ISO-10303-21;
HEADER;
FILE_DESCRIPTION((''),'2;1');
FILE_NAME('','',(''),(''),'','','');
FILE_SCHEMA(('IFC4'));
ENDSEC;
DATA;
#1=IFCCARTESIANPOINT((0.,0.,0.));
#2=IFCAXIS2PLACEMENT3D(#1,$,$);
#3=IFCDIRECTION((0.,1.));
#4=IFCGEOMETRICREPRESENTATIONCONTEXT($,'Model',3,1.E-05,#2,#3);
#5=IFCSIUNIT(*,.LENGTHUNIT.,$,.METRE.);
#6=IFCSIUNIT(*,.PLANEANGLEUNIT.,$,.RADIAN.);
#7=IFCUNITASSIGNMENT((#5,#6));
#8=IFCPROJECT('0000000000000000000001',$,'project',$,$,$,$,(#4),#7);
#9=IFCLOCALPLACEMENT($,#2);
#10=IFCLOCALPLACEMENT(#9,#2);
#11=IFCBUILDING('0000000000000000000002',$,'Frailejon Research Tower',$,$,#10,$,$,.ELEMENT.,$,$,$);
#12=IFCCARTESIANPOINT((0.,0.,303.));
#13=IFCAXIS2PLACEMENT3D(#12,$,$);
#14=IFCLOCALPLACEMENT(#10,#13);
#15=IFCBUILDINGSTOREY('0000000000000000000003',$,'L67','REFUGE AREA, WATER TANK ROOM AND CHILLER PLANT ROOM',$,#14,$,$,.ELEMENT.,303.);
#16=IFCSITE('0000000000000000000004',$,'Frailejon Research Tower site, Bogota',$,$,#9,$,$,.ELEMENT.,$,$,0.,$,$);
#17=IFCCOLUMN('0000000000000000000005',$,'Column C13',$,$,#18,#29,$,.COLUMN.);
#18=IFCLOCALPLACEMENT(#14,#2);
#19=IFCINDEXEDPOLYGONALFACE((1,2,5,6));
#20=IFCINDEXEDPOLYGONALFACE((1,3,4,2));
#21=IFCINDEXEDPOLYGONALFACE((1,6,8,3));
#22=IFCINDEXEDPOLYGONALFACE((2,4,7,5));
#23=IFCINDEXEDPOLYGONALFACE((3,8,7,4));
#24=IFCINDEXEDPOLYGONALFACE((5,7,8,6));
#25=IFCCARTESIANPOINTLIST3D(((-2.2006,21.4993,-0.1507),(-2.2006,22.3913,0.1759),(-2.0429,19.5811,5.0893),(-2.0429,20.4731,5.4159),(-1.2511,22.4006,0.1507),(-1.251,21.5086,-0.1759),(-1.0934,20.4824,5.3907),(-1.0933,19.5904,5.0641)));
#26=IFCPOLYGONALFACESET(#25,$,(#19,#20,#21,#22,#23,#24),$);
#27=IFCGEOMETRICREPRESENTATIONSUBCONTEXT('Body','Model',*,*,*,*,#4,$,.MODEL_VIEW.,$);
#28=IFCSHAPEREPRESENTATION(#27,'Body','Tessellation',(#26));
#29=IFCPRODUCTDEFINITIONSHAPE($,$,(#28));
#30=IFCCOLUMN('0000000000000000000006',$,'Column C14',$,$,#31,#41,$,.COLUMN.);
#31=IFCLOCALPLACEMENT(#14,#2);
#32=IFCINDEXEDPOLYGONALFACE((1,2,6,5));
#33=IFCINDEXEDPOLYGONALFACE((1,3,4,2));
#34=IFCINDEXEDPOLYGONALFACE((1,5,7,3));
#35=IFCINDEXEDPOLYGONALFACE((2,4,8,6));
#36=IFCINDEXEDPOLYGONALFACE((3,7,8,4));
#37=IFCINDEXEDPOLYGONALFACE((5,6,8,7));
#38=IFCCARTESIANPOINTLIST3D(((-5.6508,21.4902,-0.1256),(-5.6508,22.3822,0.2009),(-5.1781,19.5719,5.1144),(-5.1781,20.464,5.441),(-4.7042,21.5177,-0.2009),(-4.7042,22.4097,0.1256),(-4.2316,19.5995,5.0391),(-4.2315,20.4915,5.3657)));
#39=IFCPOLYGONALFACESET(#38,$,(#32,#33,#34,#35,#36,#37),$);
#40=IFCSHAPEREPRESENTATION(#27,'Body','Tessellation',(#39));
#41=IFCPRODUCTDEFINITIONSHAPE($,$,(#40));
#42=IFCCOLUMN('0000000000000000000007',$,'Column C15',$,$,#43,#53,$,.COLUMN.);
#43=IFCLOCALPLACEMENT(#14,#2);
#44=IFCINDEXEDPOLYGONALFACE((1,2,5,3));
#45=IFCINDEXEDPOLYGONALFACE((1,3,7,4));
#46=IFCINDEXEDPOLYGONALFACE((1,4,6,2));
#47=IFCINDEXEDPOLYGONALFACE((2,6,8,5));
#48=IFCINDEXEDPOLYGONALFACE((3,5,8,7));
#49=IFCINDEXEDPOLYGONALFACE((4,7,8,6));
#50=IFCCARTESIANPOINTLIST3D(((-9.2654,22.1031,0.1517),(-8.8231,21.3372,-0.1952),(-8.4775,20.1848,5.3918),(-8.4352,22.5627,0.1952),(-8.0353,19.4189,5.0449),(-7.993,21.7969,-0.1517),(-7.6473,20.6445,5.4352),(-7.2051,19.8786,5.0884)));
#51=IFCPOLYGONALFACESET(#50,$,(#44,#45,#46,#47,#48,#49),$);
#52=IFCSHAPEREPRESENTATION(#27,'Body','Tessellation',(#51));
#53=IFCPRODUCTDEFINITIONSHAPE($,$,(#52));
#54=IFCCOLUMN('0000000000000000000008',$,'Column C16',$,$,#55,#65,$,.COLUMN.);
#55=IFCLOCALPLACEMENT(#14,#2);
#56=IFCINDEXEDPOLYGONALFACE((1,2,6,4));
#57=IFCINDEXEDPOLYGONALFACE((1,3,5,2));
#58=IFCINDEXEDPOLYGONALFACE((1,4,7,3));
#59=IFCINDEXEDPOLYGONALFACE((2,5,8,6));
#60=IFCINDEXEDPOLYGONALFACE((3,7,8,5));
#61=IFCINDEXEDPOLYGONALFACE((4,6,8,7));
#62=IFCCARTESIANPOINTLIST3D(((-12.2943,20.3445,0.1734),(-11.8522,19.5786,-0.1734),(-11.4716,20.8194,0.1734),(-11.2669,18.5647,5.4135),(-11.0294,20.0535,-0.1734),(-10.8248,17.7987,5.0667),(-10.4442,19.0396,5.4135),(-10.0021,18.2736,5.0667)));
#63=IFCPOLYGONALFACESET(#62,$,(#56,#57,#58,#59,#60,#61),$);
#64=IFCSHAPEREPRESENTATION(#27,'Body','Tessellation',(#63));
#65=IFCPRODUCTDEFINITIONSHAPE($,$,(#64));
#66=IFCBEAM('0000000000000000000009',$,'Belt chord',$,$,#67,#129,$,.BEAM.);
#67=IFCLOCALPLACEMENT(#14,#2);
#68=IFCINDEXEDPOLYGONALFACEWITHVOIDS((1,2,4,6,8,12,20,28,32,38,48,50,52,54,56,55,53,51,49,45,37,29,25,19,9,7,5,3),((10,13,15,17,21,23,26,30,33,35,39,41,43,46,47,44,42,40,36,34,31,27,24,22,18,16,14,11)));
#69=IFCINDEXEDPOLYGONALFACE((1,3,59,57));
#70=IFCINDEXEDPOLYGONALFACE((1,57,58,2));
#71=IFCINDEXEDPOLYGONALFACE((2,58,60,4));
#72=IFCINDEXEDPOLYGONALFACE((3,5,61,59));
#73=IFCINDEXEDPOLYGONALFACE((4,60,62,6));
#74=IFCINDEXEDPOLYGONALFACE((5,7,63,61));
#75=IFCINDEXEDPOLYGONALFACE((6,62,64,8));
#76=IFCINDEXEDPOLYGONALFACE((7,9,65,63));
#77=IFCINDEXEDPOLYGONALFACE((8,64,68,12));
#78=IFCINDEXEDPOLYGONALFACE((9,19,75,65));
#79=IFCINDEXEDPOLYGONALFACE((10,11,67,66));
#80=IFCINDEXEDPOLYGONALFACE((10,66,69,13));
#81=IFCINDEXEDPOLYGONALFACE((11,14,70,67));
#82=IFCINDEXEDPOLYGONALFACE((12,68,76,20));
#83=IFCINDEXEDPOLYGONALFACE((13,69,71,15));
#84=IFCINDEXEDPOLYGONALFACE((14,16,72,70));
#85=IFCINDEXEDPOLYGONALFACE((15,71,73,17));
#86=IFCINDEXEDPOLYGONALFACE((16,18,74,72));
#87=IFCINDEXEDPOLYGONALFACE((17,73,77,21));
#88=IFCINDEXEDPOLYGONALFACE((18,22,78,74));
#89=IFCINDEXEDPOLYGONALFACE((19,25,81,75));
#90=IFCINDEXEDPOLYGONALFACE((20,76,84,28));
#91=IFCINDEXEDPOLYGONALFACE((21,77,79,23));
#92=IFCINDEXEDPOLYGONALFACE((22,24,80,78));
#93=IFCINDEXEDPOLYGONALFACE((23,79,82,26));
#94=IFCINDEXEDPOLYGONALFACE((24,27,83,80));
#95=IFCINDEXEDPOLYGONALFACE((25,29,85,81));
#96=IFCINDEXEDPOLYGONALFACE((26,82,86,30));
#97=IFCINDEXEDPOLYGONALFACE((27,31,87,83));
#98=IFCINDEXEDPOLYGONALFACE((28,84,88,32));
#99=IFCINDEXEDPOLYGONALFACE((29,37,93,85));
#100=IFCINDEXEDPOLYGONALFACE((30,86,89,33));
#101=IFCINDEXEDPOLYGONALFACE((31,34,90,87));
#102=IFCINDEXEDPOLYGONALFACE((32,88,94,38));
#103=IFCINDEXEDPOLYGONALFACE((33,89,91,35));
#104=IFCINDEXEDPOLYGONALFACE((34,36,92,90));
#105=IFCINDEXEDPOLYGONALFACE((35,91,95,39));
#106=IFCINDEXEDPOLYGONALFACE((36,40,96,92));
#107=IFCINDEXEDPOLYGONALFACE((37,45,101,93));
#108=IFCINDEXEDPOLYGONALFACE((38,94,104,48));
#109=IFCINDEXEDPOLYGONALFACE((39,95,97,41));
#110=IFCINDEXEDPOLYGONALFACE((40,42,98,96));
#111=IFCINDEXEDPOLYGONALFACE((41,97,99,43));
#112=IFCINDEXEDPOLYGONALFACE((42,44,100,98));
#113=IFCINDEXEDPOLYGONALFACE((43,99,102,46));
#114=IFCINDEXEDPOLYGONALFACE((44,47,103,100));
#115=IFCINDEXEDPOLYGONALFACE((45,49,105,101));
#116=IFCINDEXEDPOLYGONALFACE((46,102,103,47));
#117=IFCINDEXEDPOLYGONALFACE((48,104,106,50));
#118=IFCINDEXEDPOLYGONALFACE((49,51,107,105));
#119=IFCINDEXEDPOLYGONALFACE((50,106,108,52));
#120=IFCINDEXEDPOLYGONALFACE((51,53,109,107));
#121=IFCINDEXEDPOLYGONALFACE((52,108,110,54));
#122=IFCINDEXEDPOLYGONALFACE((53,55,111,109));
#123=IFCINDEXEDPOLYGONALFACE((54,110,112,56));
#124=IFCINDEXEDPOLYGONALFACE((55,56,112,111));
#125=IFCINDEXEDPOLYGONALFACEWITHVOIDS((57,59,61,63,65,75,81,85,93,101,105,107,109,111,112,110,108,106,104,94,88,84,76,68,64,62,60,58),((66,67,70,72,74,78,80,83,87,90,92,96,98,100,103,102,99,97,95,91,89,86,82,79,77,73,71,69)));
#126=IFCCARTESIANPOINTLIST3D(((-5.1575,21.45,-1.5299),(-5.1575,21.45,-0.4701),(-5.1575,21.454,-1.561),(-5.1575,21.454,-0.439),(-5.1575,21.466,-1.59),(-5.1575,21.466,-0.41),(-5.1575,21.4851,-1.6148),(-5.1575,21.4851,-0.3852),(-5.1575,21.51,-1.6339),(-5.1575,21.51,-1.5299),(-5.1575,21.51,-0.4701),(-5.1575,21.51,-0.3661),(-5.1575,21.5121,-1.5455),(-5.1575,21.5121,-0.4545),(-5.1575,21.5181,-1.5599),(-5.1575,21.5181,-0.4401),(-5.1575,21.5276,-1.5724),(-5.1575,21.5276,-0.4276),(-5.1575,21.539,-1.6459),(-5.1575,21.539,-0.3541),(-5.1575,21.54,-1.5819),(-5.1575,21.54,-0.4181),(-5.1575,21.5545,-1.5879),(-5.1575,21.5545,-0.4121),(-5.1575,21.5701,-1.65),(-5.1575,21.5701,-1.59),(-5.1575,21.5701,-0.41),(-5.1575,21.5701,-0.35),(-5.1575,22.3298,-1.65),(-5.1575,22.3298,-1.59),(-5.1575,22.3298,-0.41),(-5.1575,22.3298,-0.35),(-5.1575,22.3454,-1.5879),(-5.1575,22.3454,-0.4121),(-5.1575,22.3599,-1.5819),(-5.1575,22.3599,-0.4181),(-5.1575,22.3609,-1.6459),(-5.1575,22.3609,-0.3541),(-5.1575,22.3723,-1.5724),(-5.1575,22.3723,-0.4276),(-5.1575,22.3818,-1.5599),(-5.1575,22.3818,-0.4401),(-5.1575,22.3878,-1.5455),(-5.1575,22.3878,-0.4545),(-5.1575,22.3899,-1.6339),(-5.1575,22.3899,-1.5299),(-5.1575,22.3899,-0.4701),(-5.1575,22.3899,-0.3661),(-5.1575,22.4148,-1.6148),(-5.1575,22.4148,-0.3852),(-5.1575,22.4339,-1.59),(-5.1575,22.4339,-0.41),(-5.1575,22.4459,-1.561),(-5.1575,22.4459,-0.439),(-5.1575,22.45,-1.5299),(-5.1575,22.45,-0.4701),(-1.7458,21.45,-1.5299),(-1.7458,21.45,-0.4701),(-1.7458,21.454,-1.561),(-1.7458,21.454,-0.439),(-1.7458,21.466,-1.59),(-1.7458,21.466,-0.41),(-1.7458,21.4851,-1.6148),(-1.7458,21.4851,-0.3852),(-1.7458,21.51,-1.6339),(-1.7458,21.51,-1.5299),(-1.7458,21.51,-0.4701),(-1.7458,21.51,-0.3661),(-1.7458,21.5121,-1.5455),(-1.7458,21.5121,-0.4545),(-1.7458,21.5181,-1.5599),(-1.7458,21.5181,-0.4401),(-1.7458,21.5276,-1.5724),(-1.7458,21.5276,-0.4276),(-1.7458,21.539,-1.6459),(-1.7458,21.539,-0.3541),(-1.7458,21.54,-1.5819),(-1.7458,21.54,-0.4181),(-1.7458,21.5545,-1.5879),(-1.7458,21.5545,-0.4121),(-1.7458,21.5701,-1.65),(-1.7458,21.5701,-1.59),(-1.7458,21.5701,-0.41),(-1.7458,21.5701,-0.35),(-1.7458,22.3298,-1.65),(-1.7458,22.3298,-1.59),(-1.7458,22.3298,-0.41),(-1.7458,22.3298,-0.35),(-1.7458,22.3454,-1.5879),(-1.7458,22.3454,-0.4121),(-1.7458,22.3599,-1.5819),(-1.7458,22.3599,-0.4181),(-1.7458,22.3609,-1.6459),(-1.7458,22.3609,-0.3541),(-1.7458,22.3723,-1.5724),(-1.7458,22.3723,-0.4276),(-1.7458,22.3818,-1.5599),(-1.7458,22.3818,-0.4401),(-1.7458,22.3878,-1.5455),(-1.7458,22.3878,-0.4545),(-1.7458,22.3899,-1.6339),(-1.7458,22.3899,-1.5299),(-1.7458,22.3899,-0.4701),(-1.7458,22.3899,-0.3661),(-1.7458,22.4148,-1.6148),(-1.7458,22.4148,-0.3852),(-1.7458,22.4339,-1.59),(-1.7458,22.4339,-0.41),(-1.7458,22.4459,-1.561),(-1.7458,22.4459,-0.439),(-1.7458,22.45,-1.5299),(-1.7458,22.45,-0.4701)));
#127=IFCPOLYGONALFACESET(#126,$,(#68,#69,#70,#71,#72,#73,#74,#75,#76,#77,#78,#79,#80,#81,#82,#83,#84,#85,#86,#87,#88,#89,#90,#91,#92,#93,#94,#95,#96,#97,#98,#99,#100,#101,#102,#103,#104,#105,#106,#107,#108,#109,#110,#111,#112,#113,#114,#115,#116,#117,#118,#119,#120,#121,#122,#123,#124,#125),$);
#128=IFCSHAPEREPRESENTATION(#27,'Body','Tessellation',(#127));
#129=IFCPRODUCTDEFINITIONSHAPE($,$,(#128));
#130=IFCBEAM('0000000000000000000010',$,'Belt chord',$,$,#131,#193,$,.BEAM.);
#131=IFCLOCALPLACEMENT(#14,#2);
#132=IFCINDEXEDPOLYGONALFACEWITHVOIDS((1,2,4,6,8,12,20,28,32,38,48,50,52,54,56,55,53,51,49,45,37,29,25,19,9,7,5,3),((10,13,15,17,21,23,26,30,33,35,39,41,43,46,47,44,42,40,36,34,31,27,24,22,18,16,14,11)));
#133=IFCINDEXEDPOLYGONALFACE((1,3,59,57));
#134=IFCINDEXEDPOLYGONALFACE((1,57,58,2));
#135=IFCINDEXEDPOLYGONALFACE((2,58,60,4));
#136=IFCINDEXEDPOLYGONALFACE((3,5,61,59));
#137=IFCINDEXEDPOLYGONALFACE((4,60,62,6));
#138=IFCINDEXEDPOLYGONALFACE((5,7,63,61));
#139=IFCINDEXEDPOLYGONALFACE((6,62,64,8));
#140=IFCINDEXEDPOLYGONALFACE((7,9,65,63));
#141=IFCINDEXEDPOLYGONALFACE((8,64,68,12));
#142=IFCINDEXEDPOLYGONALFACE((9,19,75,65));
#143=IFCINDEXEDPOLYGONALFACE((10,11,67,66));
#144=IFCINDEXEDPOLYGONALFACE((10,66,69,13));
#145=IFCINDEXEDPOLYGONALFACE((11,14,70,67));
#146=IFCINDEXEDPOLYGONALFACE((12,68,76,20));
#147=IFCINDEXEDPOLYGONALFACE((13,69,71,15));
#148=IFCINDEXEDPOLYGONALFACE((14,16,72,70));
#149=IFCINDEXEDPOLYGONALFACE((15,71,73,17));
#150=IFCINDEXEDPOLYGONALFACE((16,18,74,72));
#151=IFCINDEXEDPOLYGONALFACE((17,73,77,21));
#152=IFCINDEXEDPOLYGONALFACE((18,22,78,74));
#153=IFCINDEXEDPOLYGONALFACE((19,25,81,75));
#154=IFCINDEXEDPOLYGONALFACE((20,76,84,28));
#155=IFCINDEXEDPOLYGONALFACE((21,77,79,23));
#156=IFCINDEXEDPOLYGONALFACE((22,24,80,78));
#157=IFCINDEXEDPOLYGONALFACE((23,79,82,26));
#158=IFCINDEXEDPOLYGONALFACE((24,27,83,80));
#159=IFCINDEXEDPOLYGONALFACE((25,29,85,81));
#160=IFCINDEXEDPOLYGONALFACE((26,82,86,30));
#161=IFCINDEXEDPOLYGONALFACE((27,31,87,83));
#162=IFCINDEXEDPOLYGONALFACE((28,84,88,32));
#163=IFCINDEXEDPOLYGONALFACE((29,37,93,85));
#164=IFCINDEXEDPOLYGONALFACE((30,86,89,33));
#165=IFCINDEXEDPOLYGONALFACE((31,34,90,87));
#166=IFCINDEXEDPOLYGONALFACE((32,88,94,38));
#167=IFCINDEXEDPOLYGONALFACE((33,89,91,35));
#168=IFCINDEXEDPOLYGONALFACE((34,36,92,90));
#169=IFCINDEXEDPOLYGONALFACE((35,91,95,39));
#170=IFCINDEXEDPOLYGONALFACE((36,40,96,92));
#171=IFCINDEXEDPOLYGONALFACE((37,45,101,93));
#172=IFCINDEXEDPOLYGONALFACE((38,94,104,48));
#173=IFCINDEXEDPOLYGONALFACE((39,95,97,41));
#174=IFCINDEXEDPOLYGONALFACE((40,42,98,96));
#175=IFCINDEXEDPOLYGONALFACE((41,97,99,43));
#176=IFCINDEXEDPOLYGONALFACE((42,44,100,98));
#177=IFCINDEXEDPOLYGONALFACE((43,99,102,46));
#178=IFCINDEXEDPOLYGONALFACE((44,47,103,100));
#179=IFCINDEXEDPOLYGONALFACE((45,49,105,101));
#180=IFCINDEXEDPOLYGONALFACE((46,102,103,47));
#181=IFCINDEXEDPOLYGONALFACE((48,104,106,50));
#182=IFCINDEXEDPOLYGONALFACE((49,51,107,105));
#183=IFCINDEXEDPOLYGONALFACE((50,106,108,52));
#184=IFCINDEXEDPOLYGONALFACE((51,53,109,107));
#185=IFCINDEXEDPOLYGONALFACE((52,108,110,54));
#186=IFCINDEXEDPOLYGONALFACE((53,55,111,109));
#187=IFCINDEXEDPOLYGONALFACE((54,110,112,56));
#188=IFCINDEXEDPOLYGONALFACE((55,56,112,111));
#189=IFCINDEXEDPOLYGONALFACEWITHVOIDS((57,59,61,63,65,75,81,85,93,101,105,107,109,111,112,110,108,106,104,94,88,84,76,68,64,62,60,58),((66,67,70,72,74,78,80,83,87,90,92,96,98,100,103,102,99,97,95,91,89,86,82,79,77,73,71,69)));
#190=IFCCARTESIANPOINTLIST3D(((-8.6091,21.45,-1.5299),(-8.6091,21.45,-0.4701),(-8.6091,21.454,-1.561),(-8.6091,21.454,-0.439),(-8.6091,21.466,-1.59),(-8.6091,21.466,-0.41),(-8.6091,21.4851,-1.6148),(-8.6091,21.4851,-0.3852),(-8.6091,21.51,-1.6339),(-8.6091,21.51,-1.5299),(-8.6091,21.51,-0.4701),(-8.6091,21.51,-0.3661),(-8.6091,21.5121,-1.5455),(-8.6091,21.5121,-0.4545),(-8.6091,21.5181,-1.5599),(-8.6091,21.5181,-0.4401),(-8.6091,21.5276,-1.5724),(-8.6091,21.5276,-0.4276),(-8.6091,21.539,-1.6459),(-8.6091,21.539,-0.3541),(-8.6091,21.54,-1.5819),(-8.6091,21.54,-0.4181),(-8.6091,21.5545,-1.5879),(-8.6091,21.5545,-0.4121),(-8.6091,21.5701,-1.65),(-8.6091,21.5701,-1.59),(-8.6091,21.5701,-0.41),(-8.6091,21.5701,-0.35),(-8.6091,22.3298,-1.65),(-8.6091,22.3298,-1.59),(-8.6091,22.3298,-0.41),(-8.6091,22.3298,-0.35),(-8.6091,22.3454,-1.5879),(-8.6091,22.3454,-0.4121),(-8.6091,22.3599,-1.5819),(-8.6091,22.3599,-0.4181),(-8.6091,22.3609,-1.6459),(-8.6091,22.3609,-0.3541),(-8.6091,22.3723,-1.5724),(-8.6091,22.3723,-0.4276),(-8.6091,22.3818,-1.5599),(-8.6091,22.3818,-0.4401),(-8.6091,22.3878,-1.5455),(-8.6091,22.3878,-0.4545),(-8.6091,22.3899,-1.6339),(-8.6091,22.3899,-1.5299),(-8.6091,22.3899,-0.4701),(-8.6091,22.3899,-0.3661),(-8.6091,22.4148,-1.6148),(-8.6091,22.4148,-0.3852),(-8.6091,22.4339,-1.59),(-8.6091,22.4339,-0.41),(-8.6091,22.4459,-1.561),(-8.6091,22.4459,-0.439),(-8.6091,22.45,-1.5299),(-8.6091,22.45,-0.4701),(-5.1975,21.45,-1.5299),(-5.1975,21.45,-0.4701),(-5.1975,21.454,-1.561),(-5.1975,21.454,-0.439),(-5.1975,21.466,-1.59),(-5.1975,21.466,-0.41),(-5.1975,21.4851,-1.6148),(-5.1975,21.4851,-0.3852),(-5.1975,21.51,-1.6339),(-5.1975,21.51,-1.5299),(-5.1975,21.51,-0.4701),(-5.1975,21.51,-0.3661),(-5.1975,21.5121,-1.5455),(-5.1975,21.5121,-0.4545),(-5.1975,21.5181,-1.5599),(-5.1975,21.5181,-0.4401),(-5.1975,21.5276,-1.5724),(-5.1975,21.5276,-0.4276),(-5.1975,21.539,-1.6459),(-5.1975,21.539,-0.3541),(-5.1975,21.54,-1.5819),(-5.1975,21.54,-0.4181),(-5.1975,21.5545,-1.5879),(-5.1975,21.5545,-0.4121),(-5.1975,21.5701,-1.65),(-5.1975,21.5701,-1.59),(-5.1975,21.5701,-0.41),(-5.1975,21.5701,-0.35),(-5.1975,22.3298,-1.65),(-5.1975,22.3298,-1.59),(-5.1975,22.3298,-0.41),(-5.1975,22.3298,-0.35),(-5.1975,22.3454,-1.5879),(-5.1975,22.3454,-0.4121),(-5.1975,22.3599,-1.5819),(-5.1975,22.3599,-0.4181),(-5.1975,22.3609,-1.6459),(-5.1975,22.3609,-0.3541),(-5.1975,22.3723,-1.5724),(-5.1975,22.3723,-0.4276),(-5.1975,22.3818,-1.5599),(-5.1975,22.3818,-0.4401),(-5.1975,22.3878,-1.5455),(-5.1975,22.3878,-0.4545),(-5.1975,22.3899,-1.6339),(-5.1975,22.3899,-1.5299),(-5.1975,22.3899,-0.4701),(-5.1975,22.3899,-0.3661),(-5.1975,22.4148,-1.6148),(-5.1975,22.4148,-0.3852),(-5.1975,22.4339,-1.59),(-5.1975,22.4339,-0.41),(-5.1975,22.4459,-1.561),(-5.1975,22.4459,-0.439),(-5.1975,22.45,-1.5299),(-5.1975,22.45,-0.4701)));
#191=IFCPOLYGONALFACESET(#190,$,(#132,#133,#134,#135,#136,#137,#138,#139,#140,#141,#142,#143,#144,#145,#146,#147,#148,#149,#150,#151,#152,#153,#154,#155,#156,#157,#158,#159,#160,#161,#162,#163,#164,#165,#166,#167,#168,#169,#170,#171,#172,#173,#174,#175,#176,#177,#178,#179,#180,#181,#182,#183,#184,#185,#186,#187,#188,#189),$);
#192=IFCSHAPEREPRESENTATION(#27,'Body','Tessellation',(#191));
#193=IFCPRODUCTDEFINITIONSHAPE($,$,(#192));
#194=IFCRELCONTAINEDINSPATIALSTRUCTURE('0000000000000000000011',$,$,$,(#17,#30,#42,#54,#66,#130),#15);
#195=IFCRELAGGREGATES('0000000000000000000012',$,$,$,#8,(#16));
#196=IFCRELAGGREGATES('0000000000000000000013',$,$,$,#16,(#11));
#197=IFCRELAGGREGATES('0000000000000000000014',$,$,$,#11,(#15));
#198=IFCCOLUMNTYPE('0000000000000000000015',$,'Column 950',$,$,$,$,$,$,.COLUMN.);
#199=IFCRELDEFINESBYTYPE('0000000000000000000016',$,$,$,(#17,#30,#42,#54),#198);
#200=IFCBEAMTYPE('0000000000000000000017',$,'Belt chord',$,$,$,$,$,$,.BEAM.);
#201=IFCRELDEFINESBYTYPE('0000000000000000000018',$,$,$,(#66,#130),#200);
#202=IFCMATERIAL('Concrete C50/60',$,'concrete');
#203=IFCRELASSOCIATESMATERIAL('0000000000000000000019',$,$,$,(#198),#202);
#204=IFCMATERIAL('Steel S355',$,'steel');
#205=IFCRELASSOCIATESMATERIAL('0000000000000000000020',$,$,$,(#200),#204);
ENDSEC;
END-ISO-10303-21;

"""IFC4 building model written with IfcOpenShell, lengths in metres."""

from ifc_helpers import new_model, si_unit, direction, frame, origin, origin_2d, place, context, subcontext, project, spatial, rectangle, hollow_rectangle, extrude, material, material_profile, profile_set, type_object, element, save


model = new_model("IFC4")

# Units and contexts
model_context = context("Model", 3, precision=1e-05, world=origin(), true_north=direction((0.0, 1.0)))
body_context = subcontext(model_context, "Body", "Model", "MODEL_VIEW")
ifc_project = project(units=[si_unit("LENGTHUNIT", "METRE"), si_unit("PLANEANGLEUNIT", "RADIAN")], contexts=[model_context])

# Site, building, storey
site_placement = place(None, origin())
site = spatial("IfcSite", under=ifc_project, at=site_placement, Name="Frailejon Research Tower site, Bogota", CompositionType="ELEMENT", RefElevation=0.0)
building_placement = place(site_placement, origin())
building = spatial("IfcBuilding", under=site, at=building_placement, Name="Frailejon Research Tower", CompositionType="ELEMENT")
storey_placement = place(building_placement, frame((0.0, 0.0, 303.0)))
storey = spatial("IfcBuildingStorey", under=building, at=storey_placement, Name="L67", Description="REFUGE AREA, WATER TANK ROOM AND CHILLER PLANT ROOM", CompositionType="ELEMENT", Elevation=303.0)

# Columns
ifc_material_1 = material(Name="Concrete C50/60", Category="concrete")
ifc_material_profile_1 = material_profile(ifc_material_1, rectangle(XDim=0.95, YDim=0.95, at=origin_2d()), Name="Column 950")
ifc_profile_set_1 = profile_set([ifc_material_profile_1], Name="Concrete C50/60")
column_type = type_object("IfcColumnType", Name="Column 950", PredefinedType="COLUMN", material=ifc_profile_set_1)
column_1_placement = place(storey_placement, frame((-1.7258, 21.95, 0.0), z_axis=(0.028253, -0.343625, 0.938682), x_axis=(-0.999601, -0.009777, 0.026507)))
element("IfcColumn", 1, at=column_1_placement, inside=storey, type_object=column_type, Name="Column C13", PredefinedType="COLUMN", context=body_context, shape_type="SweptSolid", body=[
    extrude(rectangle(XDim=0.95, YDim=0.95, at=origin_2d()), origin(), (0.0, 0.0, 1.0), 5.5823),
])
column_2_placement = place(storey_placement, frame((-5.1775, 21.95, 0.0), z_axis=(0.084402, -0.342536, 0.935706), x_axis=(-0.996432, -0.028986, 0.079269)))
element("IfcColumn", 2, at=column_2_placement, inside=storey, type_object=column_type, Name="Column C14", PredefinedType="COLUMN", context=body_context, shape_type="SweptSolid", body=[
    extrude(rectangle(XDim=0.95, YDim=0.95, at=origin_2d()), origin(), (0.0, 0.0, 1.0), 5.6001),
])
column_3_placement = place(storey_placement, frame((-8.6292, 21.95, 0.0), z_axis=(0.139802, -0.340386, 0.929835), x_axis=(-0.873935, -0.483886, -0.045739)))
element("IfcColumn", 3, at=column_3_placement, inside=storey, type_object=column_type, Name="Column C15", PredefinedType="COLUMN", context=body_context, shape_type="SweptSolid", body=[
    extrude(rectangle(XDim=0.95, YDim=0.95, at=origin_2d()), origin(), (0.0, 0.0, 1.0), 5.6355),
])
column_4_placement = place(storey_placement, frame((-11.6619, 20.199, 0.0), z_axis=(0.182524, -0.316207, 0.930966), x_axis=(-0.866068, -0.499927, -0.000003)))
element("IfcColumn", 4, at=column_4_placement, inside=storey, type_object=column_type, Name="Column C16", PredefinedType="COLUMN", context=body_context, shape_type="SweptSolid", body=[
    extrude(rectangle(XDim=0.95, YDim=0.95, at=origin_2d()), origin(), (0.0, 0.0, 1.0), 5.6287),
])

# Beams
ifc_material_2 = material(Name="Steel S355", Category="steel")
ifc_material_profile_2 = material_profile(ifc_material_2, hollow_rectangle(XDim=1.0, YDim=1.3, WallThickness=0.0601, InnerFilletRadius=0.0601, OuterFilletRadius=0.1201, at=origin_2d()), Name="Belt chord")
ifc_profile_set_2 = profile_set([ifc_material_profile_2], Name="Steel S355")
beam_type_1 = type_object("IfcBeamType", Name="Belt chord", PredefinedType="BEAM", material=ifc_profile_set_2)
for number, where, z_axis, x_axis, name in (
    (5, (-1.7458, 21.95, -1.0), (-1.0, 0.0, 0.0), (0.0, -1.0, 0.0), "Belt chord"),
    (6, (-5.1975, 21.95, -1.0), (-1.0, 0.0, 0.0), (0.0, -1.0, 0.0), "Belt chord"),
):
    element("IfcBeam", number, at=place(storey_placement, frame(where, z_axis=z_axis, x_axis=x_axis)), inside=storey, type_object=beam_type_1, Name=name, PredefinedType="BEAM", context=body_context, shape_type="SweptSolid", body=[
        extrude(hollow_rectangle(XDim=1.0, YDim=1.3, WallThickness=0.0601, InnerFilletRadius=0.0601, OuterFilletRadius=0.1201, at=origin_2d()), origin(), (0.0, 0.0, 1.0), 3.4116),
    ])

save(model, "model.ifc")
